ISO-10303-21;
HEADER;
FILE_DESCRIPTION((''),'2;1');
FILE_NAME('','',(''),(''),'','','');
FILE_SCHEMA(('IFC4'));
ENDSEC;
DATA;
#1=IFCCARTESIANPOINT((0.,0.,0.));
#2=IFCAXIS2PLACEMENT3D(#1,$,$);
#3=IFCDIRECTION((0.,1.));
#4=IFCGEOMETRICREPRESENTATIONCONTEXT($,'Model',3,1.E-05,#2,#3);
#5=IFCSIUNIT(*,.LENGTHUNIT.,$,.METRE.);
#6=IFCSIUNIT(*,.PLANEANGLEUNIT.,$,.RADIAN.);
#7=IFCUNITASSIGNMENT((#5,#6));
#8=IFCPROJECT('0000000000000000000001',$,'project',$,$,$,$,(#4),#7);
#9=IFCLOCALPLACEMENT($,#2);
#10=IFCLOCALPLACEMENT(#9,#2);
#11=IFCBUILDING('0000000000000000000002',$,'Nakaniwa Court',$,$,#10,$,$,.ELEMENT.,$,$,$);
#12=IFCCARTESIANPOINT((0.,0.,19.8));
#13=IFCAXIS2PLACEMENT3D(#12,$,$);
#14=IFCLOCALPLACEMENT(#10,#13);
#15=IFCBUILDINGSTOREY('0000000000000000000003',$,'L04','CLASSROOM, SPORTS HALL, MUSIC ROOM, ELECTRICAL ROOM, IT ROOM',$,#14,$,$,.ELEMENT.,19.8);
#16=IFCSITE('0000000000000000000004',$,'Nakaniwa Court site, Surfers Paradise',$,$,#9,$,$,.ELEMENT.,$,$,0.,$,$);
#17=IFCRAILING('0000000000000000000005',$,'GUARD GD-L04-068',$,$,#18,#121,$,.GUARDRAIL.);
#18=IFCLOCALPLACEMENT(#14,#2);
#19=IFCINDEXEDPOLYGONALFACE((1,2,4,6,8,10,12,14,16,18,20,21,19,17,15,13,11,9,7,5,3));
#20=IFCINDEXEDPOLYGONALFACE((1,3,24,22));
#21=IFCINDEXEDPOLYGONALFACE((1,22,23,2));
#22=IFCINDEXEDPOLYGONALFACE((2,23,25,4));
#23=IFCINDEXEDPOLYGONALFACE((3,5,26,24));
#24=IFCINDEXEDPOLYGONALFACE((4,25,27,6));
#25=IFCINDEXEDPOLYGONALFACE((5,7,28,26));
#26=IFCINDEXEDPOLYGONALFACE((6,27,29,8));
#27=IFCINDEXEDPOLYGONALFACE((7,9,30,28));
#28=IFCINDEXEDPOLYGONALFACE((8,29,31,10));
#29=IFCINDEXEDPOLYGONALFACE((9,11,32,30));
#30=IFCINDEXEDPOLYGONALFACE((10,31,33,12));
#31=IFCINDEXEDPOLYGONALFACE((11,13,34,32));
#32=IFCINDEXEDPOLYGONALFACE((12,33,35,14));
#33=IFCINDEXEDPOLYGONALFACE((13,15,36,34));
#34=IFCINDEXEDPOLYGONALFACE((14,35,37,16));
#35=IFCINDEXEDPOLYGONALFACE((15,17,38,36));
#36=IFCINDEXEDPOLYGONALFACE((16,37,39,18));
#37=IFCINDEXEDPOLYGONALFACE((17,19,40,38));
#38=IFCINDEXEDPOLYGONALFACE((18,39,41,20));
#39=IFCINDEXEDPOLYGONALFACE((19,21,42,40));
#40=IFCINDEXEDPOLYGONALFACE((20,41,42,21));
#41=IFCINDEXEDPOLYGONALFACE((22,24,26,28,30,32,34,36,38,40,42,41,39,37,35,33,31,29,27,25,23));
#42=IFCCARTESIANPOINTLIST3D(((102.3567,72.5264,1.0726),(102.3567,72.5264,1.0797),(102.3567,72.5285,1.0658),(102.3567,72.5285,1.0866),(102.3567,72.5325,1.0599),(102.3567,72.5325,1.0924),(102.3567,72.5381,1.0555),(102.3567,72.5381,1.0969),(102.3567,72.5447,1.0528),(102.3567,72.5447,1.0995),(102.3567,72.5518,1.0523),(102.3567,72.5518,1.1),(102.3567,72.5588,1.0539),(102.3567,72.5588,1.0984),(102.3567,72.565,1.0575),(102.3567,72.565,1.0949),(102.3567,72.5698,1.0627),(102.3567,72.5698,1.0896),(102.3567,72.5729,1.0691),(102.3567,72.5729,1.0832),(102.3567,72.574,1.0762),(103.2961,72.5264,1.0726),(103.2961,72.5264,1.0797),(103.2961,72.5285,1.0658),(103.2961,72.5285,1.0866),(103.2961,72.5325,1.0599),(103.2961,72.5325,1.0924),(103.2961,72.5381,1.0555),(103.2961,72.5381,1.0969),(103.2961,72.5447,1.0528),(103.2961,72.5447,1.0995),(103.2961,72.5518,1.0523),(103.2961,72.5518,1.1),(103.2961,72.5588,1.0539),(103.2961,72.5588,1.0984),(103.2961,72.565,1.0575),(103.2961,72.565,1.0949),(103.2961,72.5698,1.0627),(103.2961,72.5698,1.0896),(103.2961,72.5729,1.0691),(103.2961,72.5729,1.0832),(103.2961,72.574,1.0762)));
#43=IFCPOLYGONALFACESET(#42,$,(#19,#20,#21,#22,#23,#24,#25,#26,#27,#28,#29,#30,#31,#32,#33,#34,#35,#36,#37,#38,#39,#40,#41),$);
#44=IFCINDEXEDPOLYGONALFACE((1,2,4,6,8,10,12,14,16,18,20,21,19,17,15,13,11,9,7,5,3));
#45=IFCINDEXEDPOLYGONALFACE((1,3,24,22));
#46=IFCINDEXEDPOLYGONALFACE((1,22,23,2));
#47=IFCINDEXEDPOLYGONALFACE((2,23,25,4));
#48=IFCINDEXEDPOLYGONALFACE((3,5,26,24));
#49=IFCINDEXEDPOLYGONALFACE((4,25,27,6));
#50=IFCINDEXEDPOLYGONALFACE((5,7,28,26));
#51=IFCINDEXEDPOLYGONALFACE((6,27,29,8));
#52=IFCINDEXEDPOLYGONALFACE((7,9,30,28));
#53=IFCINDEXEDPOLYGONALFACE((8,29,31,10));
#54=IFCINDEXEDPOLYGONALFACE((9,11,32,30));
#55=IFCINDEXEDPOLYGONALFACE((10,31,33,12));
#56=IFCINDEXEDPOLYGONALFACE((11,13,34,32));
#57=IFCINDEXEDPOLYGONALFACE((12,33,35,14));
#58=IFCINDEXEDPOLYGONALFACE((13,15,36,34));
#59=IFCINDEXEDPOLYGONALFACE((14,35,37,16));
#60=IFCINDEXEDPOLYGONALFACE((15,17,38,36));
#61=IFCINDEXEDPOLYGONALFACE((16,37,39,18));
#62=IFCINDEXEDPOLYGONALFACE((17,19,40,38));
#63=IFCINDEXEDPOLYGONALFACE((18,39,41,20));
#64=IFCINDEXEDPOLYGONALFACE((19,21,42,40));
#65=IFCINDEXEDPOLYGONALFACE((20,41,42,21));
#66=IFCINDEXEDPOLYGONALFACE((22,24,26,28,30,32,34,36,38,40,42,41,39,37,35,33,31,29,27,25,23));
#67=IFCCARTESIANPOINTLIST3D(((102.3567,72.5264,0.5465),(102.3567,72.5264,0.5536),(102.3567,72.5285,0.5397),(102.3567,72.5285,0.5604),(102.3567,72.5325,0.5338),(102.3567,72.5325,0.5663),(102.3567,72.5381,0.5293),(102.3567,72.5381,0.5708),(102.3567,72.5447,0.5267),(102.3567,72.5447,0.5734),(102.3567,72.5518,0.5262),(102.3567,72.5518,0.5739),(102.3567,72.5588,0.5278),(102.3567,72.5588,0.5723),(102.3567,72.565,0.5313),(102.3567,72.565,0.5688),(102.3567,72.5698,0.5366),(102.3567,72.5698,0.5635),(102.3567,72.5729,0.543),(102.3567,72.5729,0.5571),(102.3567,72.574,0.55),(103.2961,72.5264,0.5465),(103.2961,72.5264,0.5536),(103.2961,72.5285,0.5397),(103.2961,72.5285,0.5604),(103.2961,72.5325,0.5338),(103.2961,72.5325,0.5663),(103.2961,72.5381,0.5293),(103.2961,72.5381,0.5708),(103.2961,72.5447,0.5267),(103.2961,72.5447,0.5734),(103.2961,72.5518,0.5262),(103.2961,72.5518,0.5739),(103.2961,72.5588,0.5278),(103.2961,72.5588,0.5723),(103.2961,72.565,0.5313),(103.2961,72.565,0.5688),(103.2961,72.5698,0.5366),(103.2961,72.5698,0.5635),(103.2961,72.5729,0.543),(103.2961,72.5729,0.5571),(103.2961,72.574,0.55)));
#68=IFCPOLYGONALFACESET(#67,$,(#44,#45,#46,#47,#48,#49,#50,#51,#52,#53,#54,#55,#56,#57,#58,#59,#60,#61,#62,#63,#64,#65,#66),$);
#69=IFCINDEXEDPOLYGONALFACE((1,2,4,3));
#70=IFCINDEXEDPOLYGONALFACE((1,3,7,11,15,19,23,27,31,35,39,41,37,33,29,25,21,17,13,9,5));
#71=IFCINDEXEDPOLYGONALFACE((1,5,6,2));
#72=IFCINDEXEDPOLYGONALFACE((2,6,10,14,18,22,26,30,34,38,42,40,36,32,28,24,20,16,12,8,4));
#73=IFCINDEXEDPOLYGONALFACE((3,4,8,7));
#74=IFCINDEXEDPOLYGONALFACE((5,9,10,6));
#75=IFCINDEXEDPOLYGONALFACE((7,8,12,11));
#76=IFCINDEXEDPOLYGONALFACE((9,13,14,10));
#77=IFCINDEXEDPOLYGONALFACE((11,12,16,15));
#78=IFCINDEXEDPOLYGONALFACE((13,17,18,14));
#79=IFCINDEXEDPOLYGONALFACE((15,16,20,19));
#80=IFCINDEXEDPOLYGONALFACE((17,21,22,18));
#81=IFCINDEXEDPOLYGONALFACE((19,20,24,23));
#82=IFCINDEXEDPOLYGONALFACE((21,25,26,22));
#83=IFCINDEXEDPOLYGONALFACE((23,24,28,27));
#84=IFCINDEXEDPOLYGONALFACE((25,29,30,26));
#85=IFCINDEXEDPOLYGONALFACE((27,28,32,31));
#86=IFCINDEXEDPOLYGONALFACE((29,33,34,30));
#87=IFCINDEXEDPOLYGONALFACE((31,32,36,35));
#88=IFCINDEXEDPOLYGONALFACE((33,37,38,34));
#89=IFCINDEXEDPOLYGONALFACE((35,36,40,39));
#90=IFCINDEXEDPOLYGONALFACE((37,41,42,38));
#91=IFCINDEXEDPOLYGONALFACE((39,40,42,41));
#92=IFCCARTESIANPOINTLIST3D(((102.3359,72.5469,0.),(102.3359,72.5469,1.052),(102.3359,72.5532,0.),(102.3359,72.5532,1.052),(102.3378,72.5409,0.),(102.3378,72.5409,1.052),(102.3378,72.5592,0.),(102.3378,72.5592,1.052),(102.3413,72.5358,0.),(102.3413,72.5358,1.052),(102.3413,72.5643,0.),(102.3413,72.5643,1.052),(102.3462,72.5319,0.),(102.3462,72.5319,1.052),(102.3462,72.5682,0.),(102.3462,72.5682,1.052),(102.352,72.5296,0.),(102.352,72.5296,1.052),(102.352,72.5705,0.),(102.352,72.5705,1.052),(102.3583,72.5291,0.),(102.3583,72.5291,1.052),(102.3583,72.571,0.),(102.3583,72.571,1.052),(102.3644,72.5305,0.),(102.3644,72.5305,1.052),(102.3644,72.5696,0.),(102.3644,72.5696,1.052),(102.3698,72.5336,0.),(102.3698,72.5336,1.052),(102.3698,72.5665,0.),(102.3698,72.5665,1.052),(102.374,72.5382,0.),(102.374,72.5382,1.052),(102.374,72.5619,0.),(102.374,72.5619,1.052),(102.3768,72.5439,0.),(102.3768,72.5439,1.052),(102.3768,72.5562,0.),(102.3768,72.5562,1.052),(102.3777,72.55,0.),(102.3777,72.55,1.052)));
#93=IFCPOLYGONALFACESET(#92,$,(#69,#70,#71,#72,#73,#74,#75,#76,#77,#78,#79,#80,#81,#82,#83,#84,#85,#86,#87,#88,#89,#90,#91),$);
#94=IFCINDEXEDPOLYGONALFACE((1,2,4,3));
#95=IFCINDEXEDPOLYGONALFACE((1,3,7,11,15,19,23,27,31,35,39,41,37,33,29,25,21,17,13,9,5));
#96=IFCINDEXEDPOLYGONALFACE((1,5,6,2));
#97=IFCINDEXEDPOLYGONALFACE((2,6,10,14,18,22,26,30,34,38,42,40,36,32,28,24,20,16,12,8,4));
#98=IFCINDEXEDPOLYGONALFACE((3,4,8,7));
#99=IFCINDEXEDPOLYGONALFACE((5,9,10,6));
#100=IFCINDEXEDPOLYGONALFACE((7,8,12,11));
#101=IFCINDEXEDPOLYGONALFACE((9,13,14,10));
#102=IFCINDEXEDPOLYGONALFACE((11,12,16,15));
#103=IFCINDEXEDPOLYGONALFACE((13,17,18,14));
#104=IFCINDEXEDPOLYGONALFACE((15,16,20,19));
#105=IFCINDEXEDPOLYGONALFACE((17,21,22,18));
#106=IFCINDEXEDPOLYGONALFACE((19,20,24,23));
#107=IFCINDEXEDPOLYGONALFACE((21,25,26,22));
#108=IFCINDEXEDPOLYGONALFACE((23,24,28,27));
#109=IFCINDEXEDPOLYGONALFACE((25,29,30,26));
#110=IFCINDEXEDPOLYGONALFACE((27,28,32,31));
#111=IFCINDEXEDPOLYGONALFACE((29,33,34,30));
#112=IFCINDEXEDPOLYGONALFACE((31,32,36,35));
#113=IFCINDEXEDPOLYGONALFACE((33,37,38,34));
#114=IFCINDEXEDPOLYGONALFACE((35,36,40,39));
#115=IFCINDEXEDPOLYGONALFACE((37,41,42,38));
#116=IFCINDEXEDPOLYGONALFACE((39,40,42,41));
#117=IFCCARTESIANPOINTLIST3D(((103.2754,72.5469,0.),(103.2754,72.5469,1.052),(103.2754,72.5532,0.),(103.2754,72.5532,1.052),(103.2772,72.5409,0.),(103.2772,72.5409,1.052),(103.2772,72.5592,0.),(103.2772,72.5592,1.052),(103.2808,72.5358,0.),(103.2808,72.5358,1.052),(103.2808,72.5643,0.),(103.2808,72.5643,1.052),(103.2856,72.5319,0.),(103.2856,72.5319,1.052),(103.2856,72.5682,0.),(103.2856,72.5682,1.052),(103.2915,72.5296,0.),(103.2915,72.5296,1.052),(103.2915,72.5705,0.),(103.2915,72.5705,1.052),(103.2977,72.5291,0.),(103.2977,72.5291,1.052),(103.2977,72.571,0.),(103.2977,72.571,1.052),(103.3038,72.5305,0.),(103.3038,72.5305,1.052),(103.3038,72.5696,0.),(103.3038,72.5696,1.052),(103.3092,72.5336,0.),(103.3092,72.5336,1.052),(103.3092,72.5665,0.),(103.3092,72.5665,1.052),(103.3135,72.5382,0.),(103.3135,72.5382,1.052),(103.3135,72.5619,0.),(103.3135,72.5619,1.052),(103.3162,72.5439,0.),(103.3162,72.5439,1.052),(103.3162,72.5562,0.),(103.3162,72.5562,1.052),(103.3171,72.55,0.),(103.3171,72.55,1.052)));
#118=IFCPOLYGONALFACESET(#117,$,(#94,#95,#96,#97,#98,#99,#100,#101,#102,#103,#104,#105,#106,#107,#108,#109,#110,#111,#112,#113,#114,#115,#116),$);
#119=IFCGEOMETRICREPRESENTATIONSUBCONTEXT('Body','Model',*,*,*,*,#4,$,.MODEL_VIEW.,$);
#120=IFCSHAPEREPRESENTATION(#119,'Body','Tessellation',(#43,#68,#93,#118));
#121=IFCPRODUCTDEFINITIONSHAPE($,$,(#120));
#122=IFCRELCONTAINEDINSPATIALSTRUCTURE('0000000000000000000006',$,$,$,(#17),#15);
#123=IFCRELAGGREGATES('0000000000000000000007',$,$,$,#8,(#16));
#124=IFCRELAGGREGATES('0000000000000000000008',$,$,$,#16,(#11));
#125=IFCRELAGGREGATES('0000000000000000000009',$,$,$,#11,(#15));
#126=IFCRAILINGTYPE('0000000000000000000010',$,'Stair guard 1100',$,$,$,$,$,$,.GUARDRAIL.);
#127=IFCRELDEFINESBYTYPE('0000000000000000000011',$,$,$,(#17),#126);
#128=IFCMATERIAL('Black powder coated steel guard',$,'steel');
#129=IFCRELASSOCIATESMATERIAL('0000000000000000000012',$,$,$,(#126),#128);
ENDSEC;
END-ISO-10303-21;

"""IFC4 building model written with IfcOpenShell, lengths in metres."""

from ifc_helpers import new_model, si_unit, direction, frame, origin, origin_2d, place, context, subcontext, project, spatial, circle, extrude, material, type_object, element, save


model = new_model("IFC4")

# Units and contexts
model_context = context("Model", 3, precision=1e-05, world=origin(), true_north=direction((0.0, 1.0)))
body_context = subcontext(model_context, "Body", "Model", "MODEL_VIEW")
ifc_project = project(units=[si_unit("LENGTHUNIT", "METRE"), si_unit("PLANEANGLEUNIT", "RADIAN")], contexts=[model_context])

# Site, building, storey
site_placement = place(None, origin())
site = spatial("IfcSite", under=ifc_project, at=site_placement, Name="Nakaniwa Court site, Surfers Paradise", CompositionType="ELEMENT", RefElevation=0.0)
building_placement = place(site_placement, origin())
building = spatial("IfcBuilding", under=site, at=building_placement, Name="Nakaniwa Court", CompositionType="ELEMENT")
storey_placement = place(building_placement, frame((0.0, 0.0, 19.8)))
storey = spatial("IfcBuildingStorey", under=building, at=storey_placement, Name="L04", Description="CLASSROOM, SPORTS HALL, MUSIC ROOM, ELECTRICAL ROOM, IT ROOM", CompositionType="ELEMENT", Elevation=19.8)

# Railing
ifc_material_1 = material(Name="Black powder coated steel guard", Category="steel")
railing_type = type_object("IfcRailingType", Name="Stair guard 1100", PredefinedType="GUARDRAIL", material=ifc_material_1)
railing_1_placement = place(storey_placement, frame((102.3567, 72.55, 0.0)))
element("IfcRailing", 1, at=railing_1_placement, inside=storey, type_object=railing_type, Name="GUARD GD-L04-068", PredefinedType="GUARDRAIL", context=body_context, shape_type="SweptSolid", body=[
    extrude(circle(Radius=0.0239, at=origin_2d()), frame((0.0, 0.0, 1.0762), z_axis=(1.0, 0.0, 0.0), x_axis=(0.0, 1.0, 0.0)), (0.0, 0.0, 1.0), 0.9395),
    extrude(circle(Radius=0.0239, at=origin_2d()), frame((0.0, 0.0, 0.55), z_axis=(1.0, 0.0, 0.0), x_axis=(0.0, 1.0, 0.0)), (0.0, 0.0, 1.0), 0.9395),
    extrude(circle(Radius=0.021, at=origin_2d()), origin(), (0.0, 0.0, 1.0), 1.052),
    extrude(circle(Radius=0.021, at=origin_2d()), frame((0.9395, 0.0, 0.0)), (0.0, 0.0, 1.0), 1.052),
])

save(model, "model.ifc")
